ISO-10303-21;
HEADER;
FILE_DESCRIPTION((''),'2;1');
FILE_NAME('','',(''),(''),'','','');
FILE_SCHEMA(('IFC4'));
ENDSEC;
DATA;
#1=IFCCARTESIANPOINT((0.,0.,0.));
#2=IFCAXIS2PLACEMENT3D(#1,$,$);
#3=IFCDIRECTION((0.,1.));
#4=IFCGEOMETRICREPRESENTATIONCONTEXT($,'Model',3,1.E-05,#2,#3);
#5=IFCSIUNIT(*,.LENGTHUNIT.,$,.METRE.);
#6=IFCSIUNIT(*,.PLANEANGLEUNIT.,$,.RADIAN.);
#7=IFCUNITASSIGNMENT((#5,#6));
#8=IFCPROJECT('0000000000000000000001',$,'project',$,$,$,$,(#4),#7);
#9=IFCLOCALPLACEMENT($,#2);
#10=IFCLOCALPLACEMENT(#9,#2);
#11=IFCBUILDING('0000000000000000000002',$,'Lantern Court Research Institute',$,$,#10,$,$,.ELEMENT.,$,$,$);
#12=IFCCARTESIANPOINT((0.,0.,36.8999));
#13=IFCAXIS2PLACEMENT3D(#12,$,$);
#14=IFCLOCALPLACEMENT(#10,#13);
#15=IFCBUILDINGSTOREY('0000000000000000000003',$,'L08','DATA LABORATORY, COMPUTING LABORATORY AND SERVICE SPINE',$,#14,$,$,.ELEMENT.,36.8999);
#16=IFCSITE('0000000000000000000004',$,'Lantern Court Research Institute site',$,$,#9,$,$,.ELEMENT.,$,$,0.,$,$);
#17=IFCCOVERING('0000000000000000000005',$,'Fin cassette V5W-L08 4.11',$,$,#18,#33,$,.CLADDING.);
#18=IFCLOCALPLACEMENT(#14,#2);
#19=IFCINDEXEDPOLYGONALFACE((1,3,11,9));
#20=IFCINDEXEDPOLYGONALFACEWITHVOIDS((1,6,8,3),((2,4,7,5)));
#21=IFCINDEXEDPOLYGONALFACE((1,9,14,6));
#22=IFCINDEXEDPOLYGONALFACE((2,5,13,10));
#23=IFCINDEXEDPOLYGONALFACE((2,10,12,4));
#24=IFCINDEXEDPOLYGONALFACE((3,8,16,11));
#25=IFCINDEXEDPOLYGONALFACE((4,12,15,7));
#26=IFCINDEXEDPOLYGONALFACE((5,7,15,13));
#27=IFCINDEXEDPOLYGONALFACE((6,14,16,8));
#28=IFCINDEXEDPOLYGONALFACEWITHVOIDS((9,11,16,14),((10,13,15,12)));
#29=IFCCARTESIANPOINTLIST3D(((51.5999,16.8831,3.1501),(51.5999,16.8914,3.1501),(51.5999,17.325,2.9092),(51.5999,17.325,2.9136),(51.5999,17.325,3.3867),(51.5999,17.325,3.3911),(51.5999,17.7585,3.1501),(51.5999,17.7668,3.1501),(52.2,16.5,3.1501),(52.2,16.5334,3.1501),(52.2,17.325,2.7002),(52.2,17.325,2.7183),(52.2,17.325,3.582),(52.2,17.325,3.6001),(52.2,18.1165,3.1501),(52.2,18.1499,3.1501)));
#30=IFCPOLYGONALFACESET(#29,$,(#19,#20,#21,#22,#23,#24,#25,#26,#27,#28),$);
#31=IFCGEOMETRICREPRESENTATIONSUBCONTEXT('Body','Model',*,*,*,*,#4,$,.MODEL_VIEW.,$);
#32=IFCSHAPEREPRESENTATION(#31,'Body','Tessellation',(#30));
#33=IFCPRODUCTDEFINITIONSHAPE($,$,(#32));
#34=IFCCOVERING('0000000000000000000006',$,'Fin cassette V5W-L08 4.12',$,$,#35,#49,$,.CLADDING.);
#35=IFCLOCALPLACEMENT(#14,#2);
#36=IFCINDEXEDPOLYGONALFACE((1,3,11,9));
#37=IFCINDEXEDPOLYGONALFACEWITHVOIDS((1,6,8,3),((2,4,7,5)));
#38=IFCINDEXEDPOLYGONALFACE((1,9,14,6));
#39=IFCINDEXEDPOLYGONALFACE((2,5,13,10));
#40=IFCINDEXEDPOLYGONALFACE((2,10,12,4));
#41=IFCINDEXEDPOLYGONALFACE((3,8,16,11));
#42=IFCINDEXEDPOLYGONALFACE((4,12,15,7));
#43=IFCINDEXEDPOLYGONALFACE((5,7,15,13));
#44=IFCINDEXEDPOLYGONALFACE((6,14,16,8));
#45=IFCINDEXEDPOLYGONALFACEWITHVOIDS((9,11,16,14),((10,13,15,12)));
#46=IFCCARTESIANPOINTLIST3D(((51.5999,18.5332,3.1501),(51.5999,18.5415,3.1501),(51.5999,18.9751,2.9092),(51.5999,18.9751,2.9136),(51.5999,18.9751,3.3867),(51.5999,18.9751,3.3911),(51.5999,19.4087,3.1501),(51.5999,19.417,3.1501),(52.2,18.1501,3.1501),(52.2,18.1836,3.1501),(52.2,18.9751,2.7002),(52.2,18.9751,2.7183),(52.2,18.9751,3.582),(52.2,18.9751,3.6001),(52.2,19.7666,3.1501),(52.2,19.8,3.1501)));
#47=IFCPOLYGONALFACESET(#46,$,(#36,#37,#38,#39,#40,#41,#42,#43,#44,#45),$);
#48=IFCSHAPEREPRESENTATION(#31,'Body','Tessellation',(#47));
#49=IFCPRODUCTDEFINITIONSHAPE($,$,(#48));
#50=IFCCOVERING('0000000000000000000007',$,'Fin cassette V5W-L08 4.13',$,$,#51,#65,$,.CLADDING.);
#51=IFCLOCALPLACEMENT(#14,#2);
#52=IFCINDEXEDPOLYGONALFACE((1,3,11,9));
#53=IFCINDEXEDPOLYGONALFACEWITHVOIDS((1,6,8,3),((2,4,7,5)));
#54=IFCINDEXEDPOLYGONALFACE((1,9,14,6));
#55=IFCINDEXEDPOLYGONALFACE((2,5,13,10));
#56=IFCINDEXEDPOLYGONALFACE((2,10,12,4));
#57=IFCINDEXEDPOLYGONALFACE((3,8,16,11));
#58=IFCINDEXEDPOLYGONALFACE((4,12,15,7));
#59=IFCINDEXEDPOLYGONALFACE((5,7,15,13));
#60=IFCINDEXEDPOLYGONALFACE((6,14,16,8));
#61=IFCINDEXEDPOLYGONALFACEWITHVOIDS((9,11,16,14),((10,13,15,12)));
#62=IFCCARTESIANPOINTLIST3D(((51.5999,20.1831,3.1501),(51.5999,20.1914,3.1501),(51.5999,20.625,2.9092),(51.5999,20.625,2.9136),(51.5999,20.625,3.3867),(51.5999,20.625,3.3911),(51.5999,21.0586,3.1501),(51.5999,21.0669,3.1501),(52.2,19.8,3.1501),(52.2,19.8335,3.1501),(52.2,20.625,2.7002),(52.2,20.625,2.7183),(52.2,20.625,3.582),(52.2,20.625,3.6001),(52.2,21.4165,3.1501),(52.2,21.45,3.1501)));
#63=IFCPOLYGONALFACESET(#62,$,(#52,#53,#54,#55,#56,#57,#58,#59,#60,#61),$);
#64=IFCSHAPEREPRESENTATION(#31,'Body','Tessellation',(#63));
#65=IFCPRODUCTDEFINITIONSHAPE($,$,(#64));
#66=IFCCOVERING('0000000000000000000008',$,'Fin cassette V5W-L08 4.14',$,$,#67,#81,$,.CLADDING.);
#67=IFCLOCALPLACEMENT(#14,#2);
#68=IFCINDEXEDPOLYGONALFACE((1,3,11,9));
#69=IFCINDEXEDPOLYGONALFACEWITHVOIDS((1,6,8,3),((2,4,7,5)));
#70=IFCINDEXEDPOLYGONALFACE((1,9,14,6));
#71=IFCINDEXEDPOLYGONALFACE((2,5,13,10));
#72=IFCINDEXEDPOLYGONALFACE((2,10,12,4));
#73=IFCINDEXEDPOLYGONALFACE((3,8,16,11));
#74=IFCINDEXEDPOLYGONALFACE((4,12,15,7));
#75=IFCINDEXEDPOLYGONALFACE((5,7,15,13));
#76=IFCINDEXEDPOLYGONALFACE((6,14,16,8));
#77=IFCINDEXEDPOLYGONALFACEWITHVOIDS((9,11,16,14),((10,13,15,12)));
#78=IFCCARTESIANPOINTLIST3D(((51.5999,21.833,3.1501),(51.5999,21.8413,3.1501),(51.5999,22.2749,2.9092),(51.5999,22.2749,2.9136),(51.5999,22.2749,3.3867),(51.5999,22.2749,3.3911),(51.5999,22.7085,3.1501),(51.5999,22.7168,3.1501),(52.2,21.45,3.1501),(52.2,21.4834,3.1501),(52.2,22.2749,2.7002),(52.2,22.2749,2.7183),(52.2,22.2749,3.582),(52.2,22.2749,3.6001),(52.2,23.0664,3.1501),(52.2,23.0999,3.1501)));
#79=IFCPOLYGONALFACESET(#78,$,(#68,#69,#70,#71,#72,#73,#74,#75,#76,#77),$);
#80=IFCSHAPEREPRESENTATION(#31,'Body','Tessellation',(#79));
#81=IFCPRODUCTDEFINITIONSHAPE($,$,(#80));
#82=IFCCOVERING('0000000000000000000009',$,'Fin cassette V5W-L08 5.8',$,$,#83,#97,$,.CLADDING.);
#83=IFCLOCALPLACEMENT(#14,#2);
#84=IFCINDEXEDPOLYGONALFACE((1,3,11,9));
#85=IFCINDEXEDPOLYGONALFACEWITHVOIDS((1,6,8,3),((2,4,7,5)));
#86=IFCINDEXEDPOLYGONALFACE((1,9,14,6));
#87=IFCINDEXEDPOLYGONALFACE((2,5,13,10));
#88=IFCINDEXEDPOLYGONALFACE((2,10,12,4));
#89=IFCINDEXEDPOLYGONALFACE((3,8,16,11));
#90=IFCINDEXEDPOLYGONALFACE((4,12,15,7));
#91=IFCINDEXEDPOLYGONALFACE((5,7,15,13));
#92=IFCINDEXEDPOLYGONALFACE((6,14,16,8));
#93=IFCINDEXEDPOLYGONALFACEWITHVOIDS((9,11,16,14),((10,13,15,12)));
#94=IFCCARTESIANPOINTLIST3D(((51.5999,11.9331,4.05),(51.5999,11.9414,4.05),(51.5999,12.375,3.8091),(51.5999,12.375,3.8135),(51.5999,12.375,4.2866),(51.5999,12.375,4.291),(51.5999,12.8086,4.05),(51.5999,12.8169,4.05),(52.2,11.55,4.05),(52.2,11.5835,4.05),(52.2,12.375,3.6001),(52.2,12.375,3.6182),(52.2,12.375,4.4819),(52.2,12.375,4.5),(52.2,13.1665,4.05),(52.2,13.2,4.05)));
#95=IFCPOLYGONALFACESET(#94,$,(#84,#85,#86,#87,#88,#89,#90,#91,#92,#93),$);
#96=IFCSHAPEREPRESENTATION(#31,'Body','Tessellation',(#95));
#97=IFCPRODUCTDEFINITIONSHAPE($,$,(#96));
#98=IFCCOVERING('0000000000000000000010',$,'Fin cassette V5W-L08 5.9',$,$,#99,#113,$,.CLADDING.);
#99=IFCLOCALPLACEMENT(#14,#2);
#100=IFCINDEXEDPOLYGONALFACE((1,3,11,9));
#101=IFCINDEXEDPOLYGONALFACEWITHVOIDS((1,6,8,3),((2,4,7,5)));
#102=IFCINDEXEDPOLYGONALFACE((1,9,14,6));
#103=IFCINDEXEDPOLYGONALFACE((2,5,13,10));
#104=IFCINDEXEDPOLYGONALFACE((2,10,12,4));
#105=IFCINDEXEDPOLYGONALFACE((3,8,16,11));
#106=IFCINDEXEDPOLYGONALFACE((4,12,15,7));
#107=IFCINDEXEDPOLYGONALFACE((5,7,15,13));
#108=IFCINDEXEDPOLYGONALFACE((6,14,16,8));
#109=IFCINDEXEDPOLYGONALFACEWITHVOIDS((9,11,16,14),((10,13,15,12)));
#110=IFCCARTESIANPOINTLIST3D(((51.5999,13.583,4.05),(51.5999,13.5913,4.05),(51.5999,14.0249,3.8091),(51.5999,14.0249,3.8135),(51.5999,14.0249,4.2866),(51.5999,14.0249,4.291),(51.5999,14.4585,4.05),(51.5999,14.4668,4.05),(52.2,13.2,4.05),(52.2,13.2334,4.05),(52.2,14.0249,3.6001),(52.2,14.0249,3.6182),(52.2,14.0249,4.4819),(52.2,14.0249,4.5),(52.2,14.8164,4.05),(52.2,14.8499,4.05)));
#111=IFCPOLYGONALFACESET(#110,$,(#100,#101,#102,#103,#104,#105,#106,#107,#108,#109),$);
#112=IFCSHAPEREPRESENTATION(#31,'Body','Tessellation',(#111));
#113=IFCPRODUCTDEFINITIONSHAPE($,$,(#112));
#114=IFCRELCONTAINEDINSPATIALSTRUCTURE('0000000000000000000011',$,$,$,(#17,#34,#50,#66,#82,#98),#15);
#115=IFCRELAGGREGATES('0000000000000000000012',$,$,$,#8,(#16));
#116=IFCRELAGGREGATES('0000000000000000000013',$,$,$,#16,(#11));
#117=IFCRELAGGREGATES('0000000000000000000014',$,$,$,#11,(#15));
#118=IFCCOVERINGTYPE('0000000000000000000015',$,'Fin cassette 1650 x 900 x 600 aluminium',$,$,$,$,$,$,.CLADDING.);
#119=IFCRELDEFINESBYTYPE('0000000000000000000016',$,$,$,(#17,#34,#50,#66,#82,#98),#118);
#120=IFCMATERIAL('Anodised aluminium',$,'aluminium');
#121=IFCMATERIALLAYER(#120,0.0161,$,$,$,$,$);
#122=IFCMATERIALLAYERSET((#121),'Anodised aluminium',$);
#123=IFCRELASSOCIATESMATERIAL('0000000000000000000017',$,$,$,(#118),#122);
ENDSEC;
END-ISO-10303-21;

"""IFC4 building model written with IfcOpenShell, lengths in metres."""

from ifc_helpers import new_model, entity, si_unit, direction, frame, origin, place, context, subcontext, project, spatial, material, layer, layer_set, type_object, element, save


model = new_model("IFC4")

# Units and contexts
model_context = context("Model", 3, precision=1e-05, world=origin(), true_north=direction((0.0, 1.0)))
body_context = subcontext(model_context, "Body", "Model", "MODEL_VIEW")
ifc_project = project(units=[si_unit("LENGTHUNIT", "METRE"), si_unit("PLANEANGLEUNIT", "RADIAN")], contexts=[model_context])

# Site, building, storey
site_placement = place(None, origin())
site = spatial("IfcSite", under=ifc_project, at=site_placement, Name="Lantern Court Research Institute site", CompositionType="ELEMENT", RefElevation=0.0)
building_placement = place(site_placement, origin())
building = spatial("IfcBuilding", under=site, at=building_placement, Name="Lantern Court Research Institute", CompositionType="ELEMENT")
storey_placement = place(building_placement, frame((0.0, 0.0, 36.8999)))
storey = spatial("IfcBuildingStorey", under=building, at=storey_placement, Name="L08", Description="DATA LABORATORY, COMPUTING LABORATORY AND SERVICE SPINE", CompositionType="ELEMENT", Elevation=36.8999)

# Coverings
ifc_material_1 = material(Name="Anodised aluminium", Category="aluminium")
ifc_layer = layer(ifc_material_1, 0.0161)
ifc_layer_set = layer_set([ifc_layer], Name="Anodised aluminium")
covering_type = type_object("IfcCoveringType", Name="Fin cassette 1650 x 900 x 600 aluminium", PredefinedType="CLADDING", material=ifc_layer_set)
covering_1_placement = place(storey_placement, frame((52.2, 17.325, 3.1501), z_axis=(-1.0, 0.0, 0.0), x_axis=(0.0, -1.0, 0.0)))
cartesian_point_1 = entity("IfcCartesianPoint", [0.825, 0.0])
cartesian_point_2 = entity("IfcCartesianPoint", [0.7915, 0.0])
cartesian_point_3 = entity("IfcCartesianPoint", [0.4419, 0.0])
cartesian_point_4 = entity("IfcCartesianPoint", [0.4336, 0.0])
element("IfcCovering", 1, at=covering_1_placement, inside=storey, type_object=covering_type, Name="Fin cassette V5W-L08 4.11", PredefinedType="CLADDING", context=body_context, shape_type="SweptSolid", body=[
    entity("IfcExtrudedAreaSolidTapered", entity("IfcArbitraryProfileDefWithVoids", "AREA", None, entity("IfcPolyline", [cartesian_point_1, entity("IfcCartesianPoint", [0.0, 0.45]), entity("IfcCartesianPoint", [-0.825, 0.0]), entity("IfcCartesianPoint", [0.0, -0.45]), cartesian_point_1]), [entity("IfcPolyline", [cartesian_point_2, entity("IfcCartesianPoint", [0.0, 0.4319]), entity("IfcCartesianPoint", [-0.7915, 0.0]), entity("IfcCartesianPoint", [0.0, -0.4319]), cartesian_point_2])]), entity("IfcAxis2Placement3D", entity("IfcCartesianPoint", [0.0, 0.0, 0.0])), entity("IfcDirection", [0.0, 0.0, 1.0]), 0.6001, entity("IfcArbitraryProfileDefWithVoids", "AREA", None, entity("IfcPolyline", [cartesian_point_3, entity("IfcCartesianPoint", [0.0, 0.241]), entity("IfcCartesianPoint", [-0.4419, 0.0]), entity("IfcCartesianPoint", [0.0, -0.241]), cartesian_point_3]), [entity("IfcPolyline", [cartesian_point_4, entity("IfcCartesianPoint", [0.0, 0.2366]), entity("IfcCartesianPoint", [-0.4336, 0.0]), entity("IfcCartesianPoint", [0.0, -0.2366]), cartesian_point_4])])),
])
covering_2_placement = place(storey_placement, frame((52.2, 18.9751, 3.1501), z_axis=(-1.0, 0.0, 0.0), x_axis=(0.0, -1.0, 0.0)))
cartesian_point_5 = entity("IfcCartesianPoint", [0.825, 0.0])
cartesian_point_6 = entity("IfcCartesianPoint", [0.7915, 0.0])
cartesian_point_7 = entity("IfcCartesianPoint", [0.4419, 0.0])
cartesian_point_8 = entity("IfcCartesianPoint", [0.4336, 0.0])
element("IfcCovering", 2, at=covering_2_placement, inside=storey, type_object=covering_type, Name="Fin cassette V5W-L08 4.12", PredefinedType="CLADDING", context=body_context, shape_type="SweptSolid", body=[
    entity("IfcExtrudedAreaSolidTapered", entity("IfcArbitraryProfileDefWithVoids", "AREA", None, entity("IfcPolyline", [cartesian_point_5, entity("IfcCartesianPoint", [0.0, 0.45]), entity("IfcCartesianPoint", [-0.825, 0.0]), entity("IfcCartesianPoint", [0.0, -0.45]), cartesian_point_5]), [entity("IfcPolyline", [cartesian_point_6, entity("IfcCartesianPoint", [0.0, 0.4319]), entity("IfcCartesianPoint", [-0.7915, 0.0]), entity("IfcCartesianPoint", [0.0, -0.4319]), cartesian_point_6])]), entity("IfcAxis2Placement3D", entity("IfcCartesianPoint", [0.0, 0.0, 0.0])), entity("IfcDirection", [0.0, 0.0, 1.0]), 0.6001, entity("IfcArbitraryProfileDefWithVoids", "AREA", None, entity("IfcPolyline", [cartesian_point_7, entity("IfcCartesianPoint", [0.0, 0.241]), entity("IfcCartesianPoint", [-0.4419, 0.0]), entity("IfcCartesianPoint", [0.0, -0.241]), cartesian_point_7]), [entity("IfcPolyline", [cartesian_point_8, entity("IfcCartesianPoint", [0.0, 0.2366]), entity("IfcCartesianPoint", [-0.4336, 0.0]), entity("IfcCartesianPoint", [0.0, -0.2366]), cartesian_point_8])])),
])
covering_3_placement = place(storey_placement, frame((52.2, 20.625, 3.1501), z_axis=(-1.0, 0.0, 0.0), x_axis=(0.0, -1.0, 0.0)))
cartesian_point_9 = entity("IfcCartesianPoint", [0.825, 0.0])
cartesian_point_10 = entity("IfcCartesianPoint", [0.7915, 0.0])
cartesian_point_11 = entity("IfcCartesianPoint", [0.4419, 0.0])
cartesian_point_12 = entity("IfcCartesianPoint", [0.4336, 0.0])
element("IfcCovering", 3, at=covering_3_placement, inside=storey, type_object=covering_type, Name="Fin cassette V5W-L08 4.13", PredefinedType="CLADDING", context=body_context, shape_type="SweptSolid", body=[
    entity("IfcExtrudedAreaSolidTapered", entity("IfcArbitraryProfileDefWithVoids", "AREA", None, entity("IfcPolyline", [cartesian_point_9, entity("IfcCartesianPoint", [0.0, 0.45]), entity("IfcCartesianPoint", [-0.825, 0.0]), entity("IfcCartesianPoint", [0.0, -0.45]), cartesian_point_9]), [entity("IfcPolyline", [cartesian_point_10, entity("IfcCartesianPoint", [0.0, 0.4319]), entity("IfcCartesianPoint", [-0.7915, 0.0]), entity("IfcCartesianPoint", [0.0, -0.4319]), cartesian_point_10])]), entity("IfcAxis2Placement3D", entity("IfcCartesianPoint", [0.0, 0.0, 0.0])), entity("IfcDirection", [0.0, 0.0, 1.0]), 0.6001, entity("IfcArbitraryProfileDefWithVoids", "AREA", None, entity("IfcPolyline", [cartesian_point_11, entity("IfcCartesianPoint", [0.0, 0.241]), entity("IfcCartesianPoint", [-0.4419, 0.0]), entity("IfcCartesianPoint", [0.0, -0.241]), cartesian_point_11]), [entity("IfcPolyline", [cartesian_point_12, entity("IfcCartesianPoint", [0.0, 0.2366]), entity("IfcCartesianPoint", [-0.4336, 0.0]), entity("IfcCartesianPoint", [0.0, -0.2366]), cartesian_point_12])])),
])
covering_4_placement = place(storey_placement, frame((52.2, 22.2749, 3.1501), z_axis=(-1.0, 0.0, 0.0), x_axis=(0.0, -1.0, 0.0)))
cartesian_point_13 = entity("IfcCartesianPoint", [0.825, 0.0])
cartesian_point_14 = entity("IfcCartesianPoint", [0.7915, 0.0])
cartesian_point_15 = entity("IfcCartesianPoint", [0.4419, 0.0])
cartesian_point_16 = entity("IfcCartesianPoint", [0.4336, 0.0])
element("IfcCovering", 4, at=covering_4_placement, inside=storey, type_object=covering_type, Name="Fin cassette V5W-L08 4.14", PredefinedType="CLADDING", context=body_context, shape_type="SweptSolid", body=[
    entity("IfcExtrudedAreaSolidTapered", entity("IfcArbitraryProfileDefWithVoids", "AREA", None, entity("IfcPolyline", [cartesian_point_13, entity("IfcCartesianPoint", [0.0, 0.45]), entity("IfcCartesianPoint", [-0.825, 0.0]), entity("IfcCartesianPoint", [0.0, -0.45]), cartesian_point_13]), [entity("IfcPolyline", [cartesian_point_14, entity("IfcCartesianPoint", [0.0, 0.4319]), entity("IfcCartesianPoint", [-0.7915, 0.0]), entity("IfcCartesianPoint", [0.0, -0.4319]), cartesian_point_14])]), entity("IfcAxis2Placement3D", entity("IfcCartesianPoint", [0.0, 0.0, 0.0])), entity("IfcDirection", [0.0, 0.0, 1.0]), 0.6001, entity("IfcArbitraryProfileDefWithVoids", "AREA", None, entity("IfcPolyline", [cartesian_point_15, entity("IfcCartesianPoint", [0.0, 0.241]), entity("IfcCartesianPoint", [-0.4419, 0.0]), entity("IfcCartesianPoint", [0.0, -0.241]), cartesian_point_15]), [entity("IfcPolyline", [cartesian_point_16, entity("IfcCartesianPoint", [0.0, 0.2366]), entity("IfcCartesianPoint", [-0.4336, 0.0]), entity("IfcCartesianPoint", [0.0, -0.2366]), cartesian_point_16])])),
])
covering_5_placement = place(storey_placement, frame((52.2, 12.375, 4.05), z_axis=(-1.0, 0.0, 0.0), x_axis=(0.0, -1.0, 0.0)))
cartesian_point_17 = entity("IfcCartesianPoint", [0.825, 0.0])
cartesian_point_18 = entity("IfcCartesianPoint", [0.7915, 0.0])
cartesian_point_19 = entity("IfcCartesianPoint", [0.4419, 0.0])
cartesian_point_20 = entity("IfcCartesianPoint", [0.4336, 0.0])
element("IfcCovering", 5, at=covering_5_placement, inside=storey, type_object=covering_type, Name="Fin cassette V5W-L08 5.8", PredefinedType="CLADDING", context=body_context, shape_type="SweptSolid", body=[
    entity("IfcExtrudedAreaSolidTapered", entity("IfcArbitraryProfileDefWithVoids", "AREA", None, entity("IfcPolyline", [cartesian_point_17, entity("IfcCartesianPoint", [0.0, 0.45]), entity("IfcCartesianPoint", [-0.825, 0.0]), entity("IfcCartesianPoint", [0.0, -0.45]), cartesian_point_17]), [entity("IfcPolyline", [cartesian_point_18, entity("IfcCartesianPoint", [0.0, 0.4319]), entity("IfcCartesianPoint", [-0.7915, 0.0]), entity("IfcCartesianPoint", [0.0, -0.4319]), cartesian_point_18])]), entity("IfcAxis2Placement3D", entity("IfcCartesianPoint", [0.0, 0.0, 0.0])), entity("IfcDirection", [0.0, 0.0, 1.0]), 0.6001, entity("IfcArbitraryProfileDefWithVoids", "AREA", None, entity("IfcPolyline", [cartesian_point_19, entity("IfcCartesianPoint", [0.0, 0.241]), entity("IfcCartesianPoint", [-0.4419, 0.0]), entity("IfcCartesianPoint", [0.0, -0.241]), cartesian_point_19]), [entity("IfcPolyline", [cartesian_point_20, entity("IfcCartesianPoint", [0.0, 0.2366]), entity("IfcCartesianPoint", [-0.4336, 0.0]), entity("IfcCartesianPoint", [0.0, -0.2366]), cartesian_point_20])])),
])
covering_6_placement = place(storey_placement, frame((52.2, 14.0249, 4.05), z_axis=(-1.0, 0.0, 0.0), x_axis=(0.0, -1.0, 0.0)))
cartesian_point_21 = entity("IfcCartesianPoint", [0.825, 0.0])
cartesian_point_22 = entity("IfcCartesianPoint", [0.7915, 0.0])
cartesian_point_23 = entity("IfcCartesianPoint", [0.4419, 0.0])
cartesian_point_24 = entity("IfcCartesianPoint", [0.4336, 0.0])
element("IfcCovering", 6, at=covering_6_placement, inside=storey, type_object=covering_type, Name="Fin cassette V5W-L08 5.9", PredefinedType="CLADDING", context=body_context, shape_type="SweptSolid", body=[
    entity("IfcExtrudedAreaSolidTapered", entity("IfcArbitraryProfileDefWithVoids", "AREA", None, entity("IfcPolyline", [cartesian_point_21, entity("IfcCartesianPoint", [0.0, 0.45]), entity("IfcCartesianPoint", [-0.825, 0.0]), entity("IfcCartesianPoint", [0.0, -0.45]), cartesian_point_21]), [entity("IfcPolyline", [cartesian_point_22, entity("IfcCartesianPoint", [0.0, 0.4319]), entity("IfcCartesianPoint", [-0.7915, 0.0]), entity("IfcCartesianPoint", [0.0, -0.4319]), cartesian_point_22])]), entity("IfcAxis2Placement3D", entity("IfcCartesianPoint", [0.0, 0.0, 0.0])), entity("IfcDirection", [0.0, 0.0, 1.0]), 0.6001, entity("IfcArbitraryProfileDefWithVoids", "AREA", None, entity("IfcPolyline", [cartesian_point_23, entity("IfcCartesianPoint", [0.0, 0.241]), entity("IfcCartesianPoint", [-0.4419, 0.0]), entity("IfcCartesianPoint", [0.0, -0.241]), cartesian_point_23]), [entity("IfcPolyline", [cartesian_point_24, entity("IfcCartesianPoint", [0.0, 0.2366]), entity("IfcCartesianPoint", [-0.4336, 0.0]), entity("IfcCartesianPoint", [0.0, -0.2366]), cartesian_point_24])])),
])

save(model, "model.ifc")
